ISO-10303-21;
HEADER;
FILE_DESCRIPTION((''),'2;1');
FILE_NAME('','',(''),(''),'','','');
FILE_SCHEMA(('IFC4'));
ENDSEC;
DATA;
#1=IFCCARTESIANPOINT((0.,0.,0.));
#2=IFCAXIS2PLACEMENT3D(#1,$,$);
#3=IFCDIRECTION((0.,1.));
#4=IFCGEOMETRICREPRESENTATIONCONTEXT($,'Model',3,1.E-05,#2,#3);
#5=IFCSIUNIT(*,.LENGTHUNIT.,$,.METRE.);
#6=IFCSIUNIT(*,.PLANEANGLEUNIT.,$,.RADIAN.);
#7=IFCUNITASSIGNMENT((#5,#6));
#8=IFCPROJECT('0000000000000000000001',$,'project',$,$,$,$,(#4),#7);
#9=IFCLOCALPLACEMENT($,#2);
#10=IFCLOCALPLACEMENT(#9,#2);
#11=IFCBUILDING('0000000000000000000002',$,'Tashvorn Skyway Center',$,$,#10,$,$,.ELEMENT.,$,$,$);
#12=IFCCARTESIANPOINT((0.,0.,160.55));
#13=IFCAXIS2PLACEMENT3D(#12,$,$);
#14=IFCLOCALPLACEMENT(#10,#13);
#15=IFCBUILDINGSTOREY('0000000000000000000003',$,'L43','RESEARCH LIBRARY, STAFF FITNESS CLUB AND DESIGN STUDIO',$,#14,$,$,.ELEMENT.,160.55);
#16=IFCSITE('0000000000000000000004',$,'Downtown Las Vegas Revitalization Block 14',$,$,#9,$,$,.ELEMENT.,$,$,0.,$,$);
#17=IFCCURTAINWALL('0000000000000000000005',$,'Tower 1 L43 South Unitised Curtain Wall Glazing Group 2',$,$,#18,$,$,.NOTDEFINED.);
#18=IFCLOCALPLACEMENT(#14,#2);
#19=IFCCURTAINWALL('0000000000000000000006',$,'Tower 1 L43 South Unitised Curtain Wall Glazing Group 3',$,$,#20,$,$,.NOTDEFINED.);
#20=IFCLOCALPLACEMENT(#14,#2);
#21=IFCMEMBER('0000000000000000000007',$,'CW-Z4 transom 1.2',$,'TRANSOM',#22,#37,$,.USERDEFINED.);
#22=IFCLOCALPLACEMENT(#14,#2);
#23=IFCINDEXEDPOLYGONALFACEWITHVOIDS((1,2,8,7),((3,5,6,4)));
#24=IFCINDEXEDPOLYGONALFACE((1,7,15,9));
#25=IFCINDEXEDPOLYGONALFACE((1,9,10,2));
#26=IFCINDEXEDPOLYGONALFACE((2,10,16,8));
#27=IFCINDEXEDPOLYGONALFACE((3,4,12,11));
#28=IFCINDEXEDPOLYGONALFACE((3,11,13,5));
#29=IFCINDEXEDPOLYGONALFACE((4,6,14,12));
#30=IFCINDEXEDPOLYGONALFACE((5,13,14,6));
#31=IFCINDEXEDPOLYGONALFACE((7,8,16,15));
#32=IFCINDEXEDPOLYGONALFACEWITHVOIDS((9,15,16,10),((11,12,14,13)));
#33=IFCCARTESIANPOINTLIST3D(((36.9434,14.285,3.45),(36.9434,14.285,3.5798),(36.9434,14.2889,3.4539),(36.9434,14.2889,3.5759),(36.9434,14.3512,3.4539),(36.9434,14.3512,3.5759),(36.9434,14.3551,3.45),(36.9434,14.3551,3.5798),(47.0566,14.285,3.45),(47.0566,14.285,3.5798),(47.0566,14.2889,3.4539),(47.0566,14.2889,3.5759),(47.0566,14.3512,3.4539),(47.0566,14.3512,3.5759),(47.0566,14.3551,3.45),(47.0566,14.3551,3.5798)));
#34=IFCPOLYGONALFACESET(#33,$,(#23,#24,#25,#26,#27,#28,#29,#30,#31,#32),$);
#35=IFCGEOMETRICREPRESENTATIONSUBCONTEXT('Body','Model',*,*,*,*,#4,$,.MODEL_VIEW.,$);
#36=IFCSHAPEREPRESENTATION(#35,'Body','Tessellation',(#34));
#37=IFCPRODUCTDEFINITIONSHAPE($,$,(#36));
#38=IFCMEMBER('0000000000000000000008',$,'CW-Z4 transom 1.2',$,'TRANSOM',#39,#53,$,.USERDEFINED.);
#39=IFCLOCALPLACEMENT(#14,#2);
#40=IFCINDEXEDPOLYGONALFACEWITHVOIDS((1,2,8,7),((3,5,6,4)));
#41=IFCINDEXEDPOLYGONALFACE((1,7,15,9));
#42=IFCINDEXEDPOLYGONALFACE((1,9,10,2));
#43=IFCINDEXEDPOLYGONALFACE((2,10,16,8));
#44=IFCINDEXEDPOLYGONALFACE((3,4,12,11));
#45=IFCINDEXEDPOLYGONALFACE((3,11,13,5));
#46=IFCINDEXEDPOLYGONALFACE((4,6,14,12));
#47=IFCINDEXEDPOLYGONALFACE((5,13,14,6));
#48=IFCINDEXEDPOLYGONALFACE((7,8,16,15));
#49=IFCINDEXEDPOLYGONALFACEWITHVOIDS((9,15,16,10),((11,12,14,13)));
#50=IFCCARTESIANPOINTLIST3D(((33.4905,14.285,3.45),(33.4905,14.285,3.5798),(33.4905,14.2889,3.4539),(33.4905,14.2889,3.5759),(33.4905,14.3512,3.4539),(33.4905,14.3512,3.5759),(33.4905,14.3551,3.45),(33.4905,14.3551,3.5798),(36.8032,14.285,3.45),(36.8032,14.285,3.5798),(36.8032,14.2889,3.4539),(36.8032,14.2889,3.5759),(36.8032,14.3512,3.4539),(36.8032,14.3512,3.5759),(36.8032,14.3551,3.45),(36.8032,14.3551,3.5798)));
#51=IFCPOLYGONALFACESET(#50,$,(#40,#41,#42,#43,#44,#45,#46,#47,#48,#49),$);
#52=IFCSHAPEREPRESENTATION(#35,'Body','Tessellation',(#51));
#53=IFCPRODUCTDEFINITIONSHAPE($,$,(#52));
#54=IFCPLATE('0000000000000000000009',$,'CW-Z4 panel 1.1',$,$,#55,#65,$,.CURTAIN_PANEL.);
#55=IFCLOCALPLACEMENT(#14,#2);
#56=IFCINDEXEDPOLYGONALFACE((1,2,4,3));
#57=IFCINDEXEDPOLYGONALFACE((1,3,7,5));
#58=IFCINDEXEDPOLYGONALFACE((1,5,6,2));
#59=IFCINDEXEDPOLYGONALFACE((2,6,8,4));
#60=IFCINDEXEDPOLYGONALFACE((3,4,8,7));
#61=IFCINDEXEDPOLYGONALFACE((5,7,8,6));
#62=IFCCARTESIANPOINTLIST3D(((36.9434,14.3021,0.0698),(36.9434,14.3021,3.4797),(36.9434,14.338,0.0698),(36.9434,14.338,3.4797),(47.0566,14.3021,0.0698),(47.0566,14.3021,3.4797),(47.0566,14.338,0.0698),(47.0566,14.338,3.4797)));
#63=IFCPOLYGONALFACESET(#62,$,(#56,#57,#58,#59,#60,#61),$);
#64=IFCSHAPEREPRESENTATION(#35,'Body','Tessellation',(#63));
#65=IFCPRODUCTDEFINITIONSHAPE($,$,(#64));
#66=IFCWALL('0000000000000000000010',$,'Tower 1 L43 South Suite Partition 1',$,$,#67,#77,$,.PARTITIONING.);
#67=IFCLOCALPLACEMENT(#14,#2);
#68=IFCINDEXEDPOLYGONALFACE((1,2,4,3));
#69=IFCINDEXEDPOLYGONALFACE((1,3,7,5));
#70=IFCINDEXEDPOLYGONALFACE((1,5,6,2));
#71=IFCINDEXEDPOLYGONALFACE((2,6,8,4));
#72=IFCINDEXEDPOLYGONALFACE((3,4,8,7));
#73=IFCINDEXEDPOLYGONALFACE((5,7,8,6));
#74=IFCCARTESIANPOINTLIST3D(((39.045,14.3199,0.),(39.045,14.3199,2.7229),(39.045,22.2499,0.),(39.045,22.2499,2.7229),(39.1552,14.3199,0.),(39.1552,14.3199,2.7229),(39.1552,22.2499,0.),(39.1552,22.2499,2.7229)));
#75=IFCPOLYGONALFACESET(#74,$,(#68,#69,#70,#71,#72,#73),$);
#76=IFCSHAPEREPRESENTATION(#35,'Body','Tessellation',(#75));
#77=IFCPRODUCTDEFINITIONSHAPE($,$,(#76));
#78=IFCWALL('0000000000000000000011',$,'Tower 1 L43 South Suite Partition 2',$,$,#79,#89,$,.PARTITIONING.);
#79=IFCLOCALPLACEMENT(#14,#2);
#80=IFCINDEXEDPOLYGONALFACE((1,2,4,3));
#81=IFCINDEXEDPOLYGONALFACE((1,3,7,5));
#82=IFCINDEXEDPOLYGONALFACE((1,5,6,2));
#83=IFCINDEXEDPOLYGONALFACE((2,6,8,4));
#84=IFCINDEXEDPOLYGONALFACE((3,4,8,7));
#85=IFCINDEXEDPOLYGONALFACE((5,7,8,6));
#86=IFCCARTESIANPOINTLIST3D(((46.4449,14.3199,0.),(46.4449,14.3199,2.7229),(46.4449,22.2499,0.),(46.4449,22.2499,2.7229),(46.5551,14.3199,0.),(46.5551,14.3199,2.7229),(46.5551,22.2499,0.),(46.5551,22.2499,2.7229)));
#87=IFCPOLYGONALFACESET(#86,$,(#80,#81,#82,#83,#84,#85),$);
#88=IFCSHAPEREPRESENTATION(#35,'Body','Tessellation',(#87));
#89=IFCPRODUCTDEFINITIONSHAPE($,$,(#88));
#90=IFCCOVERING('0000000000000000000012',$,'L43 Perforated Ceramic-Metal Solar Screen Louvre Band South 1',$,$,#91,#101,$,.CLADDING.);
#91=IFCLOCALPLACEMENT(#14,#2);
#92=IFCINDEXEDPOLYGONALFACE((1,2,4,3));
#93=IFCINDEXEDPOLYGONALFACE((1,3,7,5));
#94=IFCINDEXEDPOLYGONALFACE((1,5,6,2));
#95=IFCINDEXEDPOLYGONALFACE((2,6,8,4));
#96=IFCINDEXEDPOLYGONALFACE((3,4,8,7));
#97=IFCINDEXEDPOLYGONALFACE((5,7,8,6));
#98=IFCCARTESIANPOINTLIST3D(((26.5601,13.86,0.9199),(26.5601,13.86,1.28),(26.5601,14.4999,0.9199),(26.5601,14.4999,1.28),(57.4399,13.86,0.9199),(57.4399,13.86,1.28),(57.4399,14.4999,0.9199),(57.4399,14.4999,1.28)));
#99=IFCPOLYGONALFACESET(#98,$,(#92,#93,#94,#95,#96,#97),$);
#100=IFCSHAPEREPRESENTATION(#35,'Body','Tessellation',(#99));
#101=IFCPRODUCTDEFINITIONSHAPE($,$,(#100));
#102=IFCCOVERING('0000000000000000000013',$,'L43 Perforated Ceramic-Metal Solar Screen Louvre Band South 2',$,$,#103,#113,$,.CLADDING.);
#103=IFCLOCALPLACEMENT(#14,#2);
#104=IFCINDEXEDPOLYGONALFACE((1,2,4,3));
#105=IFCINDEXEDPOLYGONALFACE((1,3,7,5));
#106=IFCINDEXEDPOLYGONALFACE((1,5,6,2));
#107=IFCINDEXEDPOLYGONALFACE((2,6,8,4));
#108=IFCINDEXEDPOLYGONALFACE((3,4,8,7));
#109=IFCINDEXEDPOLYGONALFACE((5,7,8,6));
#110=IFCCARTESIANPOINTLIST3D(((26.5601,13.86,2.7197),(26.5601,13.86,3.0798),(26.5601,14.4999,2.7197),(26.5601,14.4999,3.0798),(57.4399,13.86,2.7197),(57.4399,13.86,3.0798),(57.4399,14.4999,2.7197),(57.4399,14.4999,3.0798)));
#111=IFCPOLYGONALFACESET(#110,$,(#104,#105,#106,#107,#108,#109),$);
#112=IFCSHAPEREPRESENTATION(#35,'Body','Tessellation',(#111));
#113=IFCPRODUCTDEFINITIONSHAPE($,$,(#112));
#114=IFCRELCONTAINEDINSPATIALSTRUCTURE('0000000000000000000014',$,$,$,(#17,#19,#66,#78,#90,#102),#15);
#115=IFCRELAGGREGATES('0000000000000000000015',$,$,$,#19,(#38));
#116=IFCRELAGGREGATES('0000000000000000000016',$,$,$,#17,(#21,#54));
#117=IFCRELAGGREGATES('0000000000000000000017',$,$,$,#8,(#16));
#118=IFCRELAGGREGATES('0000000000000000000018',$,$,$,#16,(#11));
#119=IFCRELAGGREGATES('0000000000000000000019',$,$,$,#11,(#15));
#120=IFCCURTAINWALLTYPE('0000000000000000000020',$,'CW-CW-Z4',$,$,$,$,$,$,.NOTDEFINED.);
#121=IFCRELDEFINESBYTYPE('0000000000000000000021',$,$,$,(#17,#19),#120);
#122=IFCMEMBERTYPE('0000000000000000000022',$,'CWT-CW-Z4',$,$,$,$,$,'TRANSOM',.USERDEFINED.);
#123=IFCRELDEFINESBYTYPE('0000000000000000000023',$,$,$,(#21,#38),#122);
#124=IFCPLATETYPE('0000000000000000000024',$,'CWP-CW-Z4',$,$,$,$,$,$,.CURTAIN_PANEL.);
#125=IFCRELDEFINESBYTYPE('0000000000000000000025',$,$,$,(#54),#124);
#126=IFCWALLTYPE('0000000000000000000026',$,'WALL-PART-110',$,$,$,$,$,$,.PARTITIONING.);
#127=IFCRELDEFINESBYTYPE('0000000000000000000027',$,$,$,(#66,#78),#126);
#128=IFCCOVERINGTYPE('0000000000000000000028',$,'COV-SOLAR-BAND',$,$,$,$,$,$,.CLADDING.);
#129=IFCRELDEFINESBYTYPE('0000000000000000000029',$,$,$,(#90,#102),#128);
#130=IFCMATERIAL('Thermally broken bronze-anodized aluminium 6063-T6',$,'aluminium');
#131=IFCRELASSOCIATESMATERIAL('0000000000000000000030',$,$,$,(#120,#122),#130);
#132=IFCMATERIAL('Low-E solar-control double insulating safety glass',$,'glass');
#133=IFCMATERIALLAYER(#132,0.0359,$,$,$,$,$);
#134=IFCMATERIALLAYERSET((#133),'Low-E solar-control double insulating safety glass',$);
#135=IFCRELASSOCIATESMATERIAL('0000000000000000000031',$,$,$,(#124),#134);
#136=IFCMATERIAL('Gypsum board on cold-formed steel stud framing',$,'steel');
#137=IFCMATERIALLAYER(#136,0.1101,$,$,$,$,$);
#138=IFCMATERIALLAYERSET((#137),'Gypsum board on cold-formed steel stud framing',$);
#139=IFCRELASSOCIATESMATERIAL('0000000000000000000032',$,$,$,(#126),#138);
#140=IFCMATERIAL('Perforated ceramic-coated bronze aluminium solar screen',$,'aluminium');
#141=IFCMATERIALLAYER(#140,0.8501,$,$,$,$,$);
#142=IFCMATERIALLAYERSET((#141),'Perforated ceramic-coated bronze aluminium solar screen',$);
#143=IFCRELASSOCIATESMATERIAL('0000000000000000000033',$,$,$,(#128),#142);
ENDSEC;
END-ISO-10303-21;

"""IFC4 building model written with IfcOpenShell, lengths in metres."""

from ifc_helpers import new_model, si_unit, direction, frame, frame_2d, origin, origin_2d, place, context, subcontext, project, spatial, rectangle, hollow_rectangle, extrude, material, layer, layer_set, material_profile, profile_set, type_object, element, aggregate, save


model = new_model("IFC4")

# Units and contexts
model_context = context("Model", 3, precision=1e-05, world=origin(), true_north=direction((0.0, 1.0)))
body_context = subcontext(model_context, "Body", "Model", "MODEL_VIEW")
ifc_project = project(units=[si_unit("LENGTHUNIT", "METRE"), si_unit("PLANEANGLEUNIT", "RADIAN")], contexts=[model_context])

# Site, building, storey
site_placement = place(None, origin())
site = spatial("IfcSite", under=ifc_project, at=site_placement, Name="Downtown Las Vegas Revitalization Block 14", CompositionType="ELEMENT", RefElevation=0.0)
building_placement = place(site_placement, origin())
building = spatial("IfcBuilding", under=site, at=building_placement, Name="Tashvorn Skyway Center", CompositionType="ELEMENT")
storey_placement = place(building_placement, frame((0.0, 0.0, 160.55)))
storey = spatial("IfcBuildingStorey", under=building, at=storey_placement, Name="L43", Description="RESEARCH LIBRARY, STAFF FITNESS CLUB AND DESIGN STUDIO", CompositionType="ELEMENT", Elevation=160.55)

# Shared definitions
ifc_material_1 = material(Name="Thermally broken bronze-anodized aluminium 6063-T6", Category="aluminium")
curtain_wall_type = type_object("IfcCurtainWallType", Name="CW-CW-Z4", PredefinedType="NOTDEFINED", material=ifc_material_1)

# Curtain wall
curtain_wall_1_placement = place(storey_placement, origin())
curtain_wall_1 = element("IfcCurtainWall", 1, at=curtain_wall_1_placement, inside=storey, type_object=curtain_wall_type, Name="Tower 1 L43 South Unitised Curtain Wall Glazing Group 2", PredefinedType="NOTDEFINED")

# Curtain wall
curtain_wall_2_placement = place(storey_placement, origin())
curtain_wall_2 = element("IfcCurtainWall", 2, at=curtain_wall_2_placement, inside=storey, type_object=curtain_wall_type, Name="Tower 1 L43 South Unitised Curtain Wall Glazing Group 3", PredefinedType="NOTDEFINED")

# Members
ifc_material_profile_1 = material_profile(ifc_material_1, hollow_rectangle(XDim=0.0701, YDim=0.1299, WallThickness=0.0039, at=origin_2d()), Name="ALU-TRAN-70x130")
ifc_profile_set_1 = profile_set([ifc_material_profile_1], Name="Thermally broken bronze-anodized aluminium 6063-T6")
member_type_1 = type_object("IfcMemberType", Name="CWT-CW-Z4", ElementType="TRANSOM", PredefinedType="USERDEFINED", material=ifc_profile_set_1)
member_1_placement = place(storey_placement, frame((47.0566, 14.3201, 3.5149), z_axis=(-1.0, 0.0, 0.0), x_axis=(0.0, -1.0, 0.0)))
member_1 = element("IfcMember", 3, at=member_1_placement, type_object=member_type_1, Name="CW-Z4 transom 1.2", ObjectType="TRANSOM", PredefinedType="USERDEFINED", context=body_context, shape_type="SweptSolid", body=[
    extrude(hollow_rectangle(XDim=0.0701, YDim=0.1299, WallThickness=0.0039, at=origin_2d()), origin(), (0.0, 0.0, 1.0), 10.1133),
])
member_2_placement = place(storey_placement, frame((36.8032, 14.3201, 3.5149), z_axis=(-1.0, 0.0, 0.0), x_axis=(0.0, -1.0, 0.0)))
member_2 = element("IfcMember", 4, at=member_2_placement, type_object=member_type_1, Name="CW-Z4 transom 1.2", ObjectType="TRANSOM", PredefinedType="USERDEFINED", context=body_context, shape_type="SweptSolid", body=[
    extrude(hollow_rectangle(XDim=0.0701, YDim=0.1299, WallThickness=0.0039, at=origin_2d()), origin(), (0.0, 0.0, 1.0), 3.3127),
])
aggregate(curtain_wall_2, [member_2])

# Plate
ifc_material_2 = material(Name="Low-E solar-control double insulating safety glass", Category="glass")
ifc_layer_1 = layer(ifc_material_2, 0.0359)
ifc_layer_set_1 = layer_set([ifc_layer_1], Name="Low-E solar-control double insulating safety glass")
plate_type = type_object("IfcPlateType", Name="CWP-CW-Z4", PredefinedType="CURTAIN_PANEL", material=ifc_layer_set_1)
plate_placement = place(storey_placement, frame((42.0, 14.3201, 0.0698), z_axis=(0.0, 0.0, 1.0), x_axis=(-1.0, 0.0, 0.0)))
plate = element("IfcPlate", 5, at=plate_placement, type_object=plate_type, Name="CW-Z4 panel 1.1", PredefinedType="CURTAIN_PANEL", context=body_context, shape_type="SweptSolid", body=[
    extrude(rectangle(XDim=10.1133, YDim=0.0359, at=origin_2d()), origin(), (0.0, 0.0, 1.0), 3.4099),
])
aggregate(curtain_wall_1, [member_1, plate])

# Walls
ifc_material_3 = material(Name="Gypsum board on cold-formed steel stud framing", Category="steel")
ifc_layer_2 = layer(ifc_material_3, 0.1101)
ifc_layer_set_2 = layer_set([ifc_layer_2], Name="Gypsum board on cold-formed steel stud framing")
wall_type = type_object("IfcWallType", Name="WALL-PART-110", PredefinedType="PARTITIONING", material=ifc_layer_set_2)
for number, where, z_axis, x_axis, name in (
    (6, (39.1001, 14.3201, 0.0), (0.0, 0.0, 1.0), (0.0, 1.0, 0.0), "Tower 1 L43 South Suite Partition 1"),
    (7, (46.5, 14.3201, 0.0), (0.0, 0.0, 1.0), (0.0, 1.0, 0.0), "Tower 1 L43 South Suite Partition 2"),
):
    element("IfcWall", number, at=place(storey_placement, frame(where, z_axis=z_axis, x_axis=x_axis)), inside=storey, type_object=wall_type, Name=name, PredefinedType="PARTITIONING", context=body_context, shape_type="SweptSolid", body=[
        extrude(rectangle(XDim=7.9299, YDim=0.1101, at=frame_2d((3.9648, 0.0))), origin(), (0.0, 0.0, 1.0), 2.7229),
    ])

# Coverings
ifc_material_4 = material(Name="Perforated ceramic-coated bronze aluminium solar screen", Category="aluminium")
ifc_layer_3 = layer(ifc_material_4, 0.8501)
ifc_layer_set_3 = layer_set([ifc_layer_3], Name="Perforated ceramic-coated bronze aluminium solar screen")
covering_type = type_object("IfcCoveringType", Name="COV-SOLAR-BAND", PredefinedType="CLADDING", material=ifc_layer_set_3)
for number, where, z_axis, x_axis, name in (
    (8, (42.0, 14.1799, 0.9199), (0.0, 0.0, 1.0), (-1.0, 0.0, 0.0), "L43 Perforated Ceramic-Metal Solar Screen Louvre Band South 1"),
    (9, (42.0, 14.1799, 2.7197), (0.0, 0.0, 1.0), (-1.0, 0.0, 0.0), "L43 Perforated Ceramic-Metal Solar Screen Louvre Band South 2"),
):
    element("IfcCovering", number, at=place(storey_placement, frame(where, z_axis=z_axis, x_axis=x_axis)), inside=storey, type_object=covering_type, Name=name, PredefinedType="CLADDING", context=body_context, shape_type="SweptSolid", body=[
        extrude(rectangle(XDim=30.8799, YDim=0.6399, at=origin_2d()), origin(), (0.0, 0.0, 1.0), 0.3601),
    ])

save(model, "model.ifc")
